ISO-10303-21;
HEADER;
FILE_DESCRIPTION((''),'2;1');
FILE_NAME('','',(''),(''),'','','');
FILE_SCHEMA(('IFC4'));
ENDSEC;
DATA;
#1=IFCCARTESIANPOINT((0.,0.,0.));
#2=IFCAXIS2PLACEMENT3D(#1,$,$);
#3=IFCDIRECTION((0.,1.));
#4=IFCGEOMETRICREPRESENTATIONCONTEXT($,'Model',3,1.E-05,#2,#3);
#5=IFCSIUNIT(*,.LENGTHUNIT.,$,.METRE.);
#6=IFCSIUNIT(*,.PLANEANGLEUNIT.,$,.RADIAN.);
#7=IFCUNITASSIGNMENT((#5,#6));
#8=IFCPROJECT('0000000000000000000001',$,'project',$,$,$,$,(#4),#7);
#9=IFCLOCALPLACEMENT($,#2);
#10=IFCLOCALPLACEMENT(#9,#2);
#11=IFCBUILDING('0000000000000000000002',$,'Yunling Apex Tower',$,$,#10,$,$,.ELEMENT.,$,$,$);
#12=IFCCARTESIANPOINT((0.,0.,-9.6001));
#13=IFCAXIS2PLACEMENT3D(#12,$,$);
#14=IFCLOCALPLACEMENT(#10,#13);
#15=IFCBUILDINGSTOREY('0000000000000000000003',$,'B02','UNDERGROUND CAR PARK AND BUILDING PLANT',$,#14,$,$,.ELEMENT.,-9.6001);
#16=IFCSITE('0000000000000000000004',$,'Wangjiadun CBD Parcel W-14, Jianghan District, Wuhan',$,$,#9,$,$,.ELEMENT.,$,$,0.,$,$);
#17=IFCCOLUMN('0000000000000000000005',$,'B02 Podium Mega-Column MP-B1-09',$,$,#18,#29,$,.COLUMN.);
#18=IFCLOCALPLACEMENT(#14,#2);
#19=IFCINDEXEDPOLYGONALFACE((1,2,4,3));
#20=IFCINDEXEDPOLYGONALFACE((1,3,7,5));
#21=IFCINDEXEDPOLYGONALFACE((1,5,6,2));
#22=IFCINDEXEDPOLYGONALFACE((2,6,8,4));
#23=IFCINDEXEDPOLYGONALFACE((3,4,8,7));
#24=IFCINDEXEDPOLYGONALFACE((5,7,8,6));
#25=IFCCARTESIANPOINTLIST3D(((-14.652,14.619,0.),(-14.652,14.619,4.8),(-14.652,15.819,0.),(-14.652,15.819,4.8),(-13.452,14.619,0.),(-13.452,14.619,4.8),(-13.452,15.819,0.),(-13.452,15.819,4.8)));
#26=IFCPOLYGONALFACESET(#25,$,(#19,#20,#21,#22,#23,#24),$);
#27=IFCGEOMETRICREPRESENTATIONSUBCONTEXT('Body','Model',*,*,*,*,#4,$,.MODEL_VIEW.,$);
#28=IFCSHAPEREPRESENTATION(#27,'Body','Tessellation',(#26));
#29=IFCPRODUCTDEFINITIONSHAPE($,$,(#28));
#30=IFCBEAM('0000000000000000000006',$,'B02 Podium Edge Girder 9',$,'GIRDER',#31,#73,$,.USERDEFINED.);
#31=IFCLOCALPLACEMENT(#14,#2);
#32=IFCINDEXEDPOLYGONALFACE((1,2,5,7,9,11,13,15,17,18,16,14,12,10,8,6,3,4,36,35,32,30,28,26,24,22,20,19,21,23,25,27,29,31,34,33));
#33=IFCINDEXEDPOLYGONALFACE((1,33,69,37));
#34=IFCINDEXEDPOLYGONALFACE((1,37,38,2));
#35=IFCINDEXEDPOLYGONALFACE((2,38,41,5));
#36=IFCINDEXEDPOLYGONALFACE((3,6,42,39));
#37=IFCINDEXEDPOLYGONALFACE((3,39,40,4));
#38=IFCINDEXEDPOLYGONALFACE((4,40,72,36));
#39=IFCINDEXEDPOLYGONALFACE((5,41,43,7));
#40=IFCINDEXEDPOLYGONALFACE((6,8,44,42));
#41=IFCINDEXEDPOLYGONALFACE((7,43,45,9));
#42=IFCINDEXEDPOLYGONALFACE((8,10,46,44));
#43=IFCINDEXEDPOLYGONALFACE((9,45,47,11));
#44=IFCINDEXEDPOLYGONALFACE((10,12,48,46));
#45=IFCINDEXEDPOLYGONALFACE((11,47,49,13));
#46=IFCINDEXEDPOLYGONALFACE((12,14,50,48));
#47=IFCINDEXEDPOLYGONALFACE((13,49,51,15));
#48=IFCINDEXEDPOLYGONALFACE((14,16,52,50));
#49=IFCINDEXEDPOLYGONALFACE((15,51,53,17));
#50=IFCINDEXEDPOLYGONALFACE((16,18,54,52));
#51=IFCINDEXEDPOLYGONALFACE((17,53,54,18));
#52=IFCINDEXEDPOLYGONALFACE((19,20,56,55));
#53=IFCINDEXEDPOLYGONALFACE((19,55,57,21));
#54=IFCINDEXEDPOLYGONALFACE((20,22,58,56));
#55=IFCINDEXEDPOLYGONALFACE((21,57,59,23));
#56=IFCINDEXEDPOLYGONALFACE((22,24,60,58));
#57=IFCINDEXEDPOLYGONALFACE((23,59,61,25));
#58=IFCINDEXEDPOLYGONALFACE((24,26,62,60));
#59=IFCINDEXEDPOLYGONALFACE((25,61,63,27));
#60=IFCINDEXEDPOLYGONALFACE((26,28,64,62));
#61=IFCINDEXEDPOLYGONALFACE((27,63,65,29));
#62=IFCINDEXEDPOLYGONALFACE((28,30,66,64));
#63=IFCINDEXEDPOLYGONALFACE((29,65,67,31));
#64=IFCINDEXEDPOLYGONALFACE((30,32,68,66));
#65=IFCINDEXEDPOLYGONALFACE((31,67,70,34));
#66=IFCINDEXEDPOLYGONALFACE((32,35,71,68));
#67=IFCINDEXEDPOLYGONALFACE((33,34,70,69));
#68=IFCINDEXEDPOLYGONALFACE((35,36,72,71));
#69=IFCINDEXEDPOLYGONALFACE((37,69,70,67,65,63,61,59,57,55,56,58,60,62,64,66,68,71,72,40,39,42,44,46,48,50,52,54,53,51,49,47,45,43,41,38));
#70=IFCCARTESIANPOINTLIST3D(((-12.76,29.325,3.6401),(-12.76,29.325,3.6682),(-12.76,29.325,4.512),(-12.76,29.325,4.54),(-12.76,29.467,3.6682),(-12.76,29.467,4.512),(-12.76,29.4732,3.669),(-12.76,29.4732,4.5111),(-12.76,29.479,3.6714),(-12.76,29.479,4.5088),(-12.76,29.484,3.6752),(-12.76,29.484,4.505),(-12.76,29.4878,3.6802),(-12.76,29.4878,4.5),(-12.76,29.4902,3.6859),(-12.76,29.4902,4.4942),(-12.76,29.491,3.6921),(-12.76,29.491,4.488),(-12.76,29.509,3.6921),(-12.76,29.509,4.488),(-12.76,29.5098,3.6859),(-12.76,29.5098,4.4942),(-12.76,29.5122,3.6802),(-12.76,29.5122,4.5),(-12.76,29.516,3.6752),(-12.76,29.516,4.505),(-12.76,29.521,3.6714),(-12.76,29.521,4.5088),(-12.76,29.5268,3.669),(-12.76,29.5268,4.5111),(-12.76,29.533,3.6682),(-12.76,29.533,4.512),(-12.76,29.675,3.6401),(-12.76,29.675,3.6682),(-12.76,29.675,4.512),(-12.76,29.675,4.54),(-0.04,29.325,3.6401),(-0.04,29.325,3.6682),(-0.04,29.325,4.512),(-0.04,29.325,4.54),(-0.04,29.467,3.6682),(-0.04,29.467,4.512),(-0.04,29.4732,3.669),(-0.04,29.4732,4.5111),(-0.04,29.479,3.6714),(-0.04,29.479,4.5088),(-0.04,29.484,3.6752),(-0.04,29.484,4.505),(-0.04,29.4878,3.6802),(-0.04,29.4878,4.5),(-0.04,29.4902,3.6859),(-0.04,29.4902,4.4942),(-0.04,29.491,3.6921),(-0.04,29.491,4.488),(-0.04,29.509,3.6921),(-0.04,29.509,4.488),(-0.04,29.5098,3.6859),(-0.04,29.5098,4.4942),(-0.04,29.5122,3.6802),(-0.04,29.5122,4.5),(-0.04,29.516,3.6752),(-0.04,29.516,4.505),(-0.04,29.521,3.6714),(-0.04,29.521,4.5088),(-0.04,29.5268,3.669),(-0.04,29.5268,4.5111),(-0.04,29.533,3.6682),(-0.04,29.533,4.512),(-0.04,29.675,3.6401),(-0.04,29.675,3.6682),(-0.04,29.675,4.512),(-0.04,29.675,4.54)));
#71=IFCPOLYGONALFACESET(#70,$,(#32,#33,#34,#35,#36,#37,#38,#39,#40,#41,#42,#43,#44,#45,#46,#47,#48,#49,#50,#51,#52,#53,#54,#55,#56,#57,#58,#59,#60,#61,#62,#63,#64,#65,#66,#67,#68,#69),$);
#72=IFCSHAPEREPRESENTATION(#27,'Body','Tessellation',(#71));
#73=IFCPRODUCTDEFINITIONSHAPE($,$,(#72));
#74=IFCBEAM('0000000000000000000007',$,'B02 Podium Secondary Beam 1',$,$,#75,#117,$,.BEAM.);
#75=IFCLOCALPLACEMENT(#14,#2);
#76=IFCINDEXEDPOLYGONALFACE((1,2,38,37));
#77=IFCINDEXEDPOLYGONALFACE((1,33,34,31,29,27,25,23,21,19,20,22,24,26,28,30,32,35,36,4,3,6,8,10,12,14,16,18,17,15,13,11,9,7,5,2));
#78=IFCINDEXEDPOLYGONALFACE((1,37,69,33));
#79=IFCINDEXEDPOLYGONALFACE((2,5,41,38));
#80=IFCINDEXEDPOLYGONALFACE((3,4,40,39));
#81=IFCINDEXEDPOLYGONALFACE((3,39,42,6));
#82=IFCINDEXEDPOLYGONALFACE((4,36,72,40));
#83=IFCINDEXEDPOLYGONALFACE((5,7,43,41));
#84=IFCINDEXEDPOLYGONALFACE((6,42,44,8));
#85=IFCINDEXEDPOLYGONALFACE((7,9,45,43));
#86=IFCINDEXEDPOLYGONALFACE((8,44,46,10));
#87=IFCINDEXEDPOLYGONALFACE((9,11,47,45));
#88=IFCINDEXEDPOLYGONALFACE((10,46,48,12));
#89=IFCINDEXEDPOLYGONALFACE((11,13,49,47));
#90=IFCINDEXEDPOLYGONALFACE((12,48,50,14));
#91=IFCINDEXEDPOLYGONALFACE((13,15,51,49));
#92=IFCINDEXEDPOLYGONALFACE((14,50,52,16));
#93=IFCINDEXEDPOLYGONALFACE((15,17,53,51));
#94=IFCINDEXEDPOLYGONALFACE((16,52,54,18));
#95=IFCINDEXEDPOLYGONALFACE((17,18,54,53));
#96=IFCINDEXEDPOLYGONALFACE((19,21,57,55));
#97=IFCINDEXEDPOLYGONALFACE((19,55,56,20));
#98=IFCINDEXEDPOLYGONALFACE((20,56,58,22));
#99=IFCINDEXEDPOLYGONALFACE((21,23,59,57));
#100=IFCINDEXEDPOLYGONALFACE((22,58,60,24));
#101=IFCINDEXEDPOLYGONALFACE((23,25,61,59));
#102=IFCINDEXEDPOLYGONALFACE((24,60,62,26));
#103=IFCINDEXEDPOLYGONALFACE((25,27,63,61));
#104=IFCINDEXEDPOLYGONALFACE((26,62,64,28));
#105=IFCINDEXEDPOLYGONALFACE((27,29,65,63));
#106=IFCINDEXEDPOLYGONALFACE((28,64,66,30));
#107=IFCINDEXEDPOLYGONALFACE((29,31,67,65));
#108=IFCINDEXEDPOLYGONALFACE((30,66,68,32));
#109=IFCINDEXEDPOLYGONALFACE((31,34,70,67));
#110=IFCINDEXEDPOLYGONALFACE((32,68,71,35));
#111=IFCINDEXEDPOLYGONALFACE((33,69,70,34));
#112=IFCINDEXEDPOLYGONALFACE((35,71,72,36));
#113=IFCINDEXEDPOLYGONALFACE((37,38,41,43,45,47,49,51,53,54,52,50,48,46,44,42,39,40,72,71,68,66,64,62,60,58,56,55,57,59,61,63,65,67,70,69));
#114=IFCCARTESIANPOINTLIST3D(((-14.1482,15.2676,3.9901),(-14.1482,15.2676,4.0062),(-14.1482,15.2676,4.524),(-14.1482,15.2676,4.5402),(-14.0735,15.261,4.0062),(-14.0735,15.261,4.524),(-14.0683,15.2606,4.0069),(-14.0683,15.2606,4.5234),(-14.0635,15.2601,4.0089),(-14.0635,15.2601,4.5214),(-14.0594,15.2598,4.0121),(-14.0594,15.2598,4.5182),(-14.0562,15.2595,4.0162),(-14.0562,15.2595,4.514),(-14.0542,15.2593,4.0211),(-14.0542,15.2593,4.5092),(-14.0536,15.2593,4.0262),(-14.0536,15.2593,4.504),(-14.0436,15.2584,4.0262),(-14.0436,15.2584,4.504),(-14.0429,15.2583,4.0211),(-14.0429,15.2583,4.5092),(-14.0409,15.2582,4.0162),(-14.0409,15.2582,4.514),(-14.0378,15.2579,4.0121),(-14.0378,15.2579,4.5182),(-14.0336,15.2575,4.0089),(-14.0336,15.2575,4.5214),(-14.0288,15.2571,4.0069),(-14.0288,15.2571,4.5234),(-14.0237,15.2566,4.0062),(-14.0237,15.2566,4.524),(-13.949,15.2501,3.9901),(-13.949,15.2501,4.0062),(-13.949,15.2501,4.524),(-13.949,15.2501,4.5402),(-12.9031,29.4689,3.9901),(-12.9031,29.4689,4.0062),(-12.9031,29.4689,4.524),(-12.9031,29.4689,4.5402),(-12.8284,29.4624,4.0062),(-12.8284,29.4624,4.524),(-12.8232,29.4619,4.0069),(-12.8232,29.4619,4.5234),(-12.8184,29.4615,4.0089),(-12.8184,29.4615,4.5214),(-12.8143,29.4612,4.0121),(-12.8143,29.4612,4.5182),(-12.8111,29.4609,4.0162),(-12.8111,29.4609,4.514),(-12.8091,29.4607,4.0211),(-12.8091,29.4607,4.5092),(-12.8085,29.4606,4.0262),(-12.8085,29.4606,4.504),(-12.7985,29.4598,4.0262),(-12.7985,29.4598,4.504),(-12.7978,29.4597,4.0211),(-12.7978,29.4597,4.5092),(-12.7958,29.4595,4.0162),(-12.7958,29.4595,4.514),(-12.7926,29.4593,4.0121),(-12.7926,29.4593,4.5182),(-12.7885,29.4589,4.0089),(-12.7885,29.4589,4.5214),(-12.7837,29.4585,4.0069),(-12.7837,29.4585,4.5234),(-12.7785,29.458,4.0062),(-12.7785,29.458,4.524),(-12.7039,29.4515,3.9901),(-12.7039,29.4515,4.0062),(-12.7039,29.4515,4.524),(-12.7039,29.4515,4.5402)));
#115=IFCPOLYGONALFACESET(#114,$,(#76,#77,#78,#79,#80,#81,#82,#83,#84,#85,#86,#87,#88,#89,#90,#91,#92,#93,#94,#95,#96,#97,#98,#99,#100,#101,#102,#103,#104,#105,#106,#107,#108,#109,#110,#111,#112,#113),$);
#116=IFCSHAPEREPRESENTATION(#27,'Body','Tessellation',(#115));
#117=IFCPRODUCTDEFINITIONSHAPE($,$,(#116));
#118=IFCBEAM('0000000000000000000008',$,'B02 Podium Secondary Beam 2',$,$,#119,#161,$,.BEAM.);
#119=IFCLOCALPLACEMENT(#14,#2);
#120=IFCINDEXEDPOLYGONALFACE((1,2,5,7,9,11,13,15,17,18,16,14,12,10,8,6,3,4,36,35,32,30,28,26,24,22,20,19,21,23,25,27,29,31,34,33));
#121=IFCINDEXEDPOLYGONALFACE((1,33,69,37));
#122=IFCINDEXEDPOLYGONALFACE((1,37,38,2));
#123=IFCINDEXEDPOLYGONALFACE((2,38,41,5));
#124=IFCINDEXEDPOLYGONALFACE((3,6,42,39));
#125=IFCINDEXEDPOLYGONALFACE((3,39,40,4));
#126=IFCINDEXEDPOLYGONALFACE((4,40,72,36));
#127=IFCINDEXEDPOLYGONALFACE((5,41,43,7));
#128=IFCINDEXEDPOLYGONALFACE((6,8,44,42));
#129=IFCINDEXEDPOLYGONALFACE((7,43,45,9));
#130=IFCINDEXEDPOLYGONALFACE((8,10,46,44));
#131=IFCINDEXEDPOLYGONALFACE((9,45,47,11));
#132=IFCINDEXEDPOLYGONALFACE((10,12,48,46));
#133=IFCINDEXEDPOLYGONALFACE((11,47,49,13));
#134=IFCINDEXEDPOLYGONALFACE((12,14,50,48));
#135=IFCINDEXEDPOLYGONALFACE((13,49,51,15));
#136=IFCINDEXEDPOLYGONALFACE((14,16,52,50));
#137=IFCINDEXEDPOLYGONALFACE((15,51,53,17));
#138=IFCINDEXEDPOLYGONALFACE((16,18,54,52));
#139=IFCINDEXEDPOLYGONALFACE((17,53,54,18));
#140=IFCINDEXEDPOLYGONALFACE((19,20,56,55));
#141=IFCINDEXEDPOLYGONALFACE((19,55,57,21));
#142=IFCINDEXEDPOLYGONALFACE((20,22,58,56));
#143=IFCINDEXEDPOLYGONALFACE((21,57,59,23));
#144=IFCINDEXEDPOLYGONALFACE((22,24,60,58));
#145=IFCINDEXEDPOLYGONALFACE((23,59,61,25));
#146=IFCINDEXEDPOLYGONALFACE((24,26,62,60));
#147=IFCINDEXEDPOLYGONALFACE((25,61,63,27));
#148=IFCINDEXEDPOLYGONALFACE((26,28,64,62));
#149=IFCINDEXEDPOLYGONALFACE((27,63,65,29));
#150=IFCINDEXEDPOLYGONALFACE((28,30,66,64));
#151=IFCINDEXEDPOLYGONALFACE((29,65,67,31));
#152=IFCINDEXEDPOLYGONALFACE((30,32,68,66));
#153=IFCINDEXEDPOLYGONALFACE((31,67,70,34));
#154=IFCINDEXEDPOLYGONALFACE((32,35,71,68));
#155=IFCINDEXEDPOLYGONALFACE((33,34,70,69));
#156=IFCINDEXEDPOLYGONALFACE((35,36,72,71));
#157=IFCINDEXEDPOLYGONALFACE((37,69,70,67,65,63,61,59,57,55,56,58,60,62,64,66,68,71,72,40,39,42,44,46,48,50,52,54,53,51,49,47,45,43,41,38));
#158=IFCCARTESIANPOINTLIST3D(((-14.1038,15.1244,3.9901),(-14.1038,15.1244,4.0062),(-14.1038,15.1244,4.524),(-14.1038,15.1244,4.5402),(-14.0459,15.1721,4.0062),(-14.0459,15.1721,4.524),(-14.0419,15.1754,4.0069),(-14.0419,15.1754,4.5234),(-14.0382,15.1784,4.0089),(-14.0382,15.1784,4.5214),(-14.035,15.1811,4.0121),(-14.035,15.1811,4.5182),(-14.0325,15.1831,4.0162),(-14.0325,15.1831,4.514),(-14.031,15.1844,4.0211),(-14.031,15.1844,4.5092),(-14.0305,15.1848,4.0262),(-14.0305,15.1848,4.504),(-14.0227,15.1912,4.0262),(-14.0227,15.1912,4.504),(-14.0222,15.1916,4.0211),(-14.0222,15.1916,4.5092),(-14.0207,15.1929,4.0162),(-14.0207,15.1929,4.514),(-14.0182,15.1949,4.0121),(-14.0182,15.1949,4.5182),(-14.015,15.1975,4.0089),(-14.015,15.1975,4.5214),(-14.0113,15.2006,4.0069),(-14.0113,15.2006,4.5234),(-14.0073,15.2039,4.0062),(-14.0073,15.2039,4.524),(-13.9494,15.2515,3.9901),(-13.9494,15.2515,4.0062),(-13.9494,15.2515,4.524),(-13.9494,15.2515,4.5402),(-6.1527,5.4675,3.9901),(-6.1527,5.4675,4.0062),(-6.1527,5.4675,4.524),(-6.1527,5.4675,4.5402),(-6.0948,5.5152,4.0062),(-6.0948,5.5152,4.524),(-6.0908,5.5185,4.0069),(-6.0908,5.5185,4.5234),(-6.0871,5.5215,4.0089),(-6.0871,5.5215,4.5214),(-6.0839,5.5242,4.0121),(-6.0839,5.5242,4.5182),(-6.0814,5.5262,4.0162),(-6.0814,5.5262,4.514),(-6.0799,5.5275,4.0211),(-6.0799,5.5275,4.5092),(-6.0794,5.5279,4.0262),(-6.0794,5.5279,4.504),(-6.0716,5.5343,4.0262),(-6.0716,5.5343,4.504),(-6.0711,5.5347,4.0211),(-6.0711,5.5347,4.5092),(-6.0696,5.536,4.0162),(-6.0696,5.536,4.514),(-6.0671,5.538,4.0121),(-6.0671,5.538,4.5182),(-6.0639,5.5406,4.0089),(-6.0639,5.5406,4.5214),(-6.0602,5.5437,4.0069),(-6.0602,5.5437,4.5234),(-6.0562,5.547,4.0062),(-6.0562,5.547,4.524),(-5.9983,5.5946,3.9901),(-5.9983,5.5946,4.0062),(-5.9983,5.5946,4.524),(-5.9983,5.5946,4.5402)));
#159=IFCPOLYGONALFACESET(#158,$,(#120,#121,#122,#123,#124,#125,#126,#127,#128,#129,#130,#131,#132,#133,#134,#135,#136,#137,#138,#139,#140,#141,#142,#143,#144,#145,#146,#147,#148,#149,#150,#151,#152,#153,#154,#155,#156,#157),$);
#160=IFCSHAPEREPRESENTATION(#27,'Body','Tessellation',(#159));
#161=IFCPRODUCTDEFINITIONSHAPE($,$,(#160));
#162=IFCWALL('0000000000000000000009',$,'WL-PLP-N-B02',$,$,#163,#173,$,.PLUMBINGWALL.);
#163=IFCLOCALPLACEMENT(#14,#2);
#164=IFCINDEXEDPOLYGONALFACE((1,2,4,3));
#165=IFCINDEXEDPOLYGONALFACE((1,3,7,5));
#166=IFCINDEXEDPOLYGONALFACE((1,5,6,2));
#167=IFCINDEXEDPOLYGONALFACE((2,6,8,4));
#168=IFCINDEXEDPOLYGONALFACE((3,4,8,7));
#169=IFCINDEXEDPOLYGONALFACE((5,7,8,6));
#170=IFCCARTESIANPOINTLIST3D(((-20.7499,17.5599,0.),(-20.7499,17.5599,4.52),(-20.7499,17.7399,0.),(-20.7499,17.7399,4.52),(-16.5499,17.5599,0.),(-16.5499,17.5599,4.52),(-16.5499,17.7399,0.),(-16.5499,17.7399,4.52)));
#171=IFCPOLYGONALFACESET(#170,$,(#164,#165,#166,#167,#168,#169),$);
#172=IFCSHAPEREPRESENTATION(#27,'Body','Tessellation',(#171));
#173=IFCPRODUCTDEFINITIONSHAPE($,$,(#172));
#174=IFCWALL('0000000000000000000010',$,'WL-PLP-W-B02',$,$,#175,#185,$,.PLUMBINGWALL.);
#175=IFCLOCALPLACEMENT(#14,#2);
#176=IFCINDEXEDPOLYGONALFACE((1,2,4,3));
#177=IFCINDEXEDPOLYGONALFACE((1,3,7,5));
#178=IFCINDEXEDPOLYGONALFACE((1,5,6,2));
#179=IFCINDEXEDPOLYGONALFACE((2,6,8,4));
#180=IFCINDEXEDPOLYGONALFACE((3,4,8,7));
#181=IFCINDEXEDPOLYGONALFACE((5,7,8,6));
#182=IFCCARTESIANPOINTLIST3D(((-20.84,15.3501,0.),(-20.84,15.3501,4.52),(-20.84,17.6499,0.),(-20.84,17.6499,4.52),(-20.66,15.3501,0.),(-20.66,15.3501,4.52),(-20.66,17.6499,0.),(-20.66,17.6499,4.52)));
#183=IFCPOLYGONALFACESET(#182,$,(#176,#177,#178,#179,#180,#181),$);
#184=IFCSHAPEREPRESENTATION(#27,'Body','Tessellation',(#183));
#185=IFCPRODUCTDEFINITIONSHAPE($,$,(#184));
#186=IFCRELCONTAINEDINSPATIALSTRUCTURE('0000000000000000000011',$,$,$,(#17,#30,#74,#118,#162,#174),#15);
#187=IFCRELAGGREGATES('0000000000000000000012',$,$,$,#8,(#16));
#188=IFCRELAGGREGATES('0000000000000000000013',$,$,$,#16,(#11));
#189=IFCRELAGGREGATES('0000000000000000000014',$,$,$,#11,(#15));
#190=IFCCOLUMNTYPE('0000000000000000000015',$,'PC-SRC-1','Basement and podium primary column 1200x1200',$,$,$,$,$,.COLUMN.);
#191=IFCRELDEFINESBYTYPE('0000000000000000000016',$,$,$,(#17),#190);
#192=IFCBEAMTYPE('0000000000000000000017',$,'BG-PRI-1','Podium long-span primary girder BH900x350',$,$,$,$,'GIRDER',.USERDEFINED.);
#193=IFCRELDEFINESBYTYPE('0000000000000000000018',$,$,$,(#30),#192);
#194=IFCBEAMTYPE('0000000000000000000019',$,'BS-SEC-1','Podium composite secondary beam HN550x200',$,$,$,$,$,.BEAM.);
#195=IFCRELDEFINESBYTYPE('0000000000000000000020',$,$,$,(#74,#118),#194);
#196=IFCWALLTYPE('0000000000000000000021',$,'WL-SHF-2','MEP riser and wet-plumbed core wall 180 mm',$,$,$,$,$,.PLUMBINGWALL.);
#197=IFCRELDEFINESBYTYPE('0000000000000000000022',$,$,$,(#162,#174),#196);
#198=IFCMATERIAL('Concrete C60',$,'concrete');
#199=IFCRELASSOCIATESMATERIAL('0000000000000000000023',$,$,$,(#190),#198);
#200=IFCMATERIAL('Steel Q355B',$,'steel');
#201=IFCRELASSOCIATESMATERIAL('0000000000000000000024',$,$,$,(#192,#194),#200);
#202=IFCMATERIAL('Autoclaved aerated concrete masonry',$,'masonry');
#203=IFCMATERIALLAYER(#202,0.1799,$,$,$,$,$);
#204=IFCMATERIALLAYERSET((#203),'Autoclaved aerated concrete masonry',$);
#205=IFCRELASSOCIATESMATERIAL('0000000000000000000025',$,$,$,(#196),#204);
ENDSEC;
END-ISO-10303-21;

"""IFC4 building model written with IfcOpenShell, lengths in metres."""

from ifc_helpers import new_model, si_unit, direction, frame, frame_2d, origin, origin_2d, place, context, subcontext, project, spatial, rectangle, i_section, extrude, source, transform, mapped, material, layer, layer_set, material_profile, profile_set, type_object, element, save


model = new_model("IFC4")

# Units and contexts
model_context = context("Model", 3, precision=1e-05, world=origin(), true_north=direction((0.0, 1.0)))
body_context = subcontext(model_context, "Body", "Model", "MODEL_VIEW")
ifc_project = project(units=[si_unit("LENGTHUNIT", "METRE"), si_unit("PLANEANGLEUNIT", "RADIAN")], contexts=[model_context])

# Site, building, storey
site_placement = place(None, origin())
site = spatial("IfcSite", under=ifc_project, at=site_placement, Name="Wangjiadun CBD Parcel W-14, Jianghan District, Wuhan", CompositionType="ELEMENT", RefElevation=0.0)
building_placement = place(site_placement, origin())
building = spatial("IfcBuilding", under=site, at=building_placement, Name="Yunling Apex Tower", CompositionType="ELEMENT")
storey_placement = place(building_placement, frame((0.0, 0.0, -9.6001)))
storey = spatial("IfcBuildingStorey", under=building, at=storey_placement, Name="B02", Description="UNDERGROUND CAR PARK AND BUILDING PLANT", CompositionType="ELEMENT", Elevation=-9.6001)

# Column
ifc_material_1 = material(Name="Concrete C60", Category="concrete")
ifc_material_profile_1 = material_profile(ifc_material_1, rectangle(XDim=1.2, YDim=1.2, at=origin_2d()))
ifc_profile_set_1 = profile_set([ifc_material_profile_1], Name="Concrete C60")
column_type_1 = type_object("IfcColumnType", Name="PC-SRC-1", Description="Basement and podium primary column 1200x1200", PredefinedType="COLUMN", material=ifc_profile_set_1)
shared_shape_1 = source(origin(), body_context, "Body", "SweptSolid", [
    extrude(rectangle(XDim=1.2, YDim=1.2, at=origin_2d()), origin(), (0.0, 0.0, 1.0), 4.8),
])
for number, where, z_axis, x_axis, name in (
    (1, (-14.052, 15.219, 0.0), (0.0, 0.0, 1.0), (1.0, 0.0, 0.0), "B02 Podium Mega-Column MP-B1-09"),
):
    element("IfcColumn", number, at=place(storey_placement, frame(where, z_axis=z_axis, x_axis=x_axis)), inside=storey, type_object=column_type_1, Name=name, PredefinedType="COLUMN", context=body_context, shape_type="MappedRepresentation", body=[
        mapped(shared_shape_1, transform((0.0, 0.0, 0.0), scale=1.0)),
    ])

# Beams
ifc_material_2 = material(Name="Steel Q355B", Category="steel")
ifc_material_profile_2 = material_profile(ifc_material_2, i_section(OverallWidth=0.3501, OverallDepth=0.8999, WebThickness=0.0181, FlangeThickness=0.0281, FilletRadius=0.0239, at=origin_2d()))
ifc_profile_set_2 = profile_set([ifc_material_profile_2], Name="Steel Q355B")
beam_type_1 = type_object("IfcBeamType", Name="BG-PRI-1", Description="Podium long-span primary girder BH900x350", ElementType="GIRDER", PredefinedType="USERDEFINED", material=ifc_profile_set_2)
shared_shape_2 = source(origin(), body_context, "Body", "SweptSolid", [
    extrude(i_section(OverallWidth=0.3501, OverallDepth=0.8999, WebThickness=0.0181, FlangeThickness=0.0281, FilletRadius=0.0239, at=origin_2d()), origin(), (0.0, 0.0, 1.0), 12.72),
])
beam_1_placement = place(storey_placement, frame((-12.76, 29.5, 4.0901), z_axis=(1.0, 0.0, 0.0), x_axis=(0.0, 1.0, 0.0)))
element("IfcBeam", 2, at=beam_1_placement, inside=storey, type_object=beam_type_1, Name="B02 Podium Edge Girder 9", ObjectType="GIRDER", PredefinedType="USERDEFINED", context=body_context, shape_type="MappedRepresentation", body=[
    mapped(shared_shape_2, transform((0.0, 0.0, 0.0), scale=1.0)),
])
ifc_material_profile_3 = material_profile(ifc_material_2, i_section(OverallWidth=0.2, OverallDepth=0.55, WebThickness=0.01, FlangeThickness=0.0161, FilletRadius=0.02, at=origin_2d()))
ifc_profile_set_3 = profile_set([ifc_material_profile_3], Name="Steel Q355B")
beam_type_2 = type_object("IfcBeamType", Name="BS-SEC-1", Description="Podium composite secondary beam HN550x200", PredefinedType="BEAM", material=ifc_profile_set_3)
shared_shape_3 = source(origin(), body_context, "Body", "SweptSolid", [
    extrude(i_section(OverallWidth=0.2, OverallDepth=0.55, WebThickness=0.01, FlangeThickness=0.0161, FilletRadius=0.02, at=origin_2d()), origin(), (0.0, 0.0, 1.0), 14.2559),
])
beam_2_placement = place(storey_placement, frame((-12.8035, 29.4602, 4.2651), z_axis=(-0.087341, -0.996179, 0.0), x_axis=(0.996179, -0.087341, 0.0)))
element("IfcBeam", 3, at=beam_2_placement, inside=storey, type_object=beam_type_2, Name="B02 Podium Secondary Beam 1", PredefinedType="BEAM", context=body_context, shape_type="MappedRepresentation", body=[
    mapped(shared_shape_3, transform((0.0, 0.0, 0.0), scale=1.0)),
])
shared_shape_4 = source(origin(), body_context, "Body", "SweptSolid", [
    extrude(i_section(OverallWidth=0.2, OverallDepth=0.55, WebThickness=0.01, FlangeThickness=0.0161, FilletRadius=0.02, at=origin_2d()), origin(), (0.0, 0.0, 1.0), 12.509),
])
beam_3_placement = place(storey_placement, frame((-14.0266, 15.188, 4.2651), z_axis=(0.635629, -0.771994, 0.0), x_axis=(0.771994, 0.635629, 0.0)))
element("IfcBeam", 4, at=beam_3_placement, inside=storey, type_object=beam_type_2, Name="B02 Podium Secondary Beam 2", PredefinedType="BEAM", context=body_context, shape_type="MappedRepresentation", body=[
    mapped(shared_shape_4, transform((0.0, 0.0, 0.0), scale=1.0)),
])

# Walls
ifc_material_3 = material(Name="Autoclaved aerated concrete masonry", Category="masonry")
ifc_layer_1 = layer(ifc_material_3, 0.1799)
ifc_layer_set_1 = layer_set([ifc_layer_1], Name="Autoclaved aerated concrete masonry")
wall_type = type_object("IfcWallType", Name="WL-SHF-2", Description="MEP riser and wet-plumbed core wall 180 mm", PredefinedType="PLUMBINGWALL", material=ifc_layer_set_1)
wall_placement = place(storey_placement, frame((-20.75, 17.6499, 0.0), z_axis=(0.0, 0.0, 1.0), x_axis=(1.0, 0.0, 0.0)))
element("IfcWall", 5, at=wall_placement, inside=storey, type_object=wall_type, Name="WL-PLP-N-B02", PredefinedType="PLUMBINGWALL", context=body_context, shape_type="SweptSolid", body=[
    extrude(rectangle(XDim=4.2, YDim=0.1799, at=frame_2d((2.1001, 0.0))), origin(), (0.0, 0.0, 1.0), 4.52),
])
for number, where, z_axis, x_axis, name in (
    (6, (-20.75, 15.3501, 0.0), (0.0, 0.0, 1.0), (0.0, 1.0, 0.0), "WL-PLP-W-B02"),
):
    element("IfcWall", number, at=place(storey_placement, frame(where, z_axis=z_axis, x_axis=x_axis)), inside=storey, type_object=wall_type, Name=name, PredefinedType="PLUMBINGWALL", context=body_context, shape_type="SweptSolid", body=[
        extrude(rectangle(XDim=2.2998, YDim=0.1799, at=frame_2d((1.1499, 0.0))), origin(), (0.0, 0.0, 1.0), 4.52),
    ])

save(model, "model.ifc")
